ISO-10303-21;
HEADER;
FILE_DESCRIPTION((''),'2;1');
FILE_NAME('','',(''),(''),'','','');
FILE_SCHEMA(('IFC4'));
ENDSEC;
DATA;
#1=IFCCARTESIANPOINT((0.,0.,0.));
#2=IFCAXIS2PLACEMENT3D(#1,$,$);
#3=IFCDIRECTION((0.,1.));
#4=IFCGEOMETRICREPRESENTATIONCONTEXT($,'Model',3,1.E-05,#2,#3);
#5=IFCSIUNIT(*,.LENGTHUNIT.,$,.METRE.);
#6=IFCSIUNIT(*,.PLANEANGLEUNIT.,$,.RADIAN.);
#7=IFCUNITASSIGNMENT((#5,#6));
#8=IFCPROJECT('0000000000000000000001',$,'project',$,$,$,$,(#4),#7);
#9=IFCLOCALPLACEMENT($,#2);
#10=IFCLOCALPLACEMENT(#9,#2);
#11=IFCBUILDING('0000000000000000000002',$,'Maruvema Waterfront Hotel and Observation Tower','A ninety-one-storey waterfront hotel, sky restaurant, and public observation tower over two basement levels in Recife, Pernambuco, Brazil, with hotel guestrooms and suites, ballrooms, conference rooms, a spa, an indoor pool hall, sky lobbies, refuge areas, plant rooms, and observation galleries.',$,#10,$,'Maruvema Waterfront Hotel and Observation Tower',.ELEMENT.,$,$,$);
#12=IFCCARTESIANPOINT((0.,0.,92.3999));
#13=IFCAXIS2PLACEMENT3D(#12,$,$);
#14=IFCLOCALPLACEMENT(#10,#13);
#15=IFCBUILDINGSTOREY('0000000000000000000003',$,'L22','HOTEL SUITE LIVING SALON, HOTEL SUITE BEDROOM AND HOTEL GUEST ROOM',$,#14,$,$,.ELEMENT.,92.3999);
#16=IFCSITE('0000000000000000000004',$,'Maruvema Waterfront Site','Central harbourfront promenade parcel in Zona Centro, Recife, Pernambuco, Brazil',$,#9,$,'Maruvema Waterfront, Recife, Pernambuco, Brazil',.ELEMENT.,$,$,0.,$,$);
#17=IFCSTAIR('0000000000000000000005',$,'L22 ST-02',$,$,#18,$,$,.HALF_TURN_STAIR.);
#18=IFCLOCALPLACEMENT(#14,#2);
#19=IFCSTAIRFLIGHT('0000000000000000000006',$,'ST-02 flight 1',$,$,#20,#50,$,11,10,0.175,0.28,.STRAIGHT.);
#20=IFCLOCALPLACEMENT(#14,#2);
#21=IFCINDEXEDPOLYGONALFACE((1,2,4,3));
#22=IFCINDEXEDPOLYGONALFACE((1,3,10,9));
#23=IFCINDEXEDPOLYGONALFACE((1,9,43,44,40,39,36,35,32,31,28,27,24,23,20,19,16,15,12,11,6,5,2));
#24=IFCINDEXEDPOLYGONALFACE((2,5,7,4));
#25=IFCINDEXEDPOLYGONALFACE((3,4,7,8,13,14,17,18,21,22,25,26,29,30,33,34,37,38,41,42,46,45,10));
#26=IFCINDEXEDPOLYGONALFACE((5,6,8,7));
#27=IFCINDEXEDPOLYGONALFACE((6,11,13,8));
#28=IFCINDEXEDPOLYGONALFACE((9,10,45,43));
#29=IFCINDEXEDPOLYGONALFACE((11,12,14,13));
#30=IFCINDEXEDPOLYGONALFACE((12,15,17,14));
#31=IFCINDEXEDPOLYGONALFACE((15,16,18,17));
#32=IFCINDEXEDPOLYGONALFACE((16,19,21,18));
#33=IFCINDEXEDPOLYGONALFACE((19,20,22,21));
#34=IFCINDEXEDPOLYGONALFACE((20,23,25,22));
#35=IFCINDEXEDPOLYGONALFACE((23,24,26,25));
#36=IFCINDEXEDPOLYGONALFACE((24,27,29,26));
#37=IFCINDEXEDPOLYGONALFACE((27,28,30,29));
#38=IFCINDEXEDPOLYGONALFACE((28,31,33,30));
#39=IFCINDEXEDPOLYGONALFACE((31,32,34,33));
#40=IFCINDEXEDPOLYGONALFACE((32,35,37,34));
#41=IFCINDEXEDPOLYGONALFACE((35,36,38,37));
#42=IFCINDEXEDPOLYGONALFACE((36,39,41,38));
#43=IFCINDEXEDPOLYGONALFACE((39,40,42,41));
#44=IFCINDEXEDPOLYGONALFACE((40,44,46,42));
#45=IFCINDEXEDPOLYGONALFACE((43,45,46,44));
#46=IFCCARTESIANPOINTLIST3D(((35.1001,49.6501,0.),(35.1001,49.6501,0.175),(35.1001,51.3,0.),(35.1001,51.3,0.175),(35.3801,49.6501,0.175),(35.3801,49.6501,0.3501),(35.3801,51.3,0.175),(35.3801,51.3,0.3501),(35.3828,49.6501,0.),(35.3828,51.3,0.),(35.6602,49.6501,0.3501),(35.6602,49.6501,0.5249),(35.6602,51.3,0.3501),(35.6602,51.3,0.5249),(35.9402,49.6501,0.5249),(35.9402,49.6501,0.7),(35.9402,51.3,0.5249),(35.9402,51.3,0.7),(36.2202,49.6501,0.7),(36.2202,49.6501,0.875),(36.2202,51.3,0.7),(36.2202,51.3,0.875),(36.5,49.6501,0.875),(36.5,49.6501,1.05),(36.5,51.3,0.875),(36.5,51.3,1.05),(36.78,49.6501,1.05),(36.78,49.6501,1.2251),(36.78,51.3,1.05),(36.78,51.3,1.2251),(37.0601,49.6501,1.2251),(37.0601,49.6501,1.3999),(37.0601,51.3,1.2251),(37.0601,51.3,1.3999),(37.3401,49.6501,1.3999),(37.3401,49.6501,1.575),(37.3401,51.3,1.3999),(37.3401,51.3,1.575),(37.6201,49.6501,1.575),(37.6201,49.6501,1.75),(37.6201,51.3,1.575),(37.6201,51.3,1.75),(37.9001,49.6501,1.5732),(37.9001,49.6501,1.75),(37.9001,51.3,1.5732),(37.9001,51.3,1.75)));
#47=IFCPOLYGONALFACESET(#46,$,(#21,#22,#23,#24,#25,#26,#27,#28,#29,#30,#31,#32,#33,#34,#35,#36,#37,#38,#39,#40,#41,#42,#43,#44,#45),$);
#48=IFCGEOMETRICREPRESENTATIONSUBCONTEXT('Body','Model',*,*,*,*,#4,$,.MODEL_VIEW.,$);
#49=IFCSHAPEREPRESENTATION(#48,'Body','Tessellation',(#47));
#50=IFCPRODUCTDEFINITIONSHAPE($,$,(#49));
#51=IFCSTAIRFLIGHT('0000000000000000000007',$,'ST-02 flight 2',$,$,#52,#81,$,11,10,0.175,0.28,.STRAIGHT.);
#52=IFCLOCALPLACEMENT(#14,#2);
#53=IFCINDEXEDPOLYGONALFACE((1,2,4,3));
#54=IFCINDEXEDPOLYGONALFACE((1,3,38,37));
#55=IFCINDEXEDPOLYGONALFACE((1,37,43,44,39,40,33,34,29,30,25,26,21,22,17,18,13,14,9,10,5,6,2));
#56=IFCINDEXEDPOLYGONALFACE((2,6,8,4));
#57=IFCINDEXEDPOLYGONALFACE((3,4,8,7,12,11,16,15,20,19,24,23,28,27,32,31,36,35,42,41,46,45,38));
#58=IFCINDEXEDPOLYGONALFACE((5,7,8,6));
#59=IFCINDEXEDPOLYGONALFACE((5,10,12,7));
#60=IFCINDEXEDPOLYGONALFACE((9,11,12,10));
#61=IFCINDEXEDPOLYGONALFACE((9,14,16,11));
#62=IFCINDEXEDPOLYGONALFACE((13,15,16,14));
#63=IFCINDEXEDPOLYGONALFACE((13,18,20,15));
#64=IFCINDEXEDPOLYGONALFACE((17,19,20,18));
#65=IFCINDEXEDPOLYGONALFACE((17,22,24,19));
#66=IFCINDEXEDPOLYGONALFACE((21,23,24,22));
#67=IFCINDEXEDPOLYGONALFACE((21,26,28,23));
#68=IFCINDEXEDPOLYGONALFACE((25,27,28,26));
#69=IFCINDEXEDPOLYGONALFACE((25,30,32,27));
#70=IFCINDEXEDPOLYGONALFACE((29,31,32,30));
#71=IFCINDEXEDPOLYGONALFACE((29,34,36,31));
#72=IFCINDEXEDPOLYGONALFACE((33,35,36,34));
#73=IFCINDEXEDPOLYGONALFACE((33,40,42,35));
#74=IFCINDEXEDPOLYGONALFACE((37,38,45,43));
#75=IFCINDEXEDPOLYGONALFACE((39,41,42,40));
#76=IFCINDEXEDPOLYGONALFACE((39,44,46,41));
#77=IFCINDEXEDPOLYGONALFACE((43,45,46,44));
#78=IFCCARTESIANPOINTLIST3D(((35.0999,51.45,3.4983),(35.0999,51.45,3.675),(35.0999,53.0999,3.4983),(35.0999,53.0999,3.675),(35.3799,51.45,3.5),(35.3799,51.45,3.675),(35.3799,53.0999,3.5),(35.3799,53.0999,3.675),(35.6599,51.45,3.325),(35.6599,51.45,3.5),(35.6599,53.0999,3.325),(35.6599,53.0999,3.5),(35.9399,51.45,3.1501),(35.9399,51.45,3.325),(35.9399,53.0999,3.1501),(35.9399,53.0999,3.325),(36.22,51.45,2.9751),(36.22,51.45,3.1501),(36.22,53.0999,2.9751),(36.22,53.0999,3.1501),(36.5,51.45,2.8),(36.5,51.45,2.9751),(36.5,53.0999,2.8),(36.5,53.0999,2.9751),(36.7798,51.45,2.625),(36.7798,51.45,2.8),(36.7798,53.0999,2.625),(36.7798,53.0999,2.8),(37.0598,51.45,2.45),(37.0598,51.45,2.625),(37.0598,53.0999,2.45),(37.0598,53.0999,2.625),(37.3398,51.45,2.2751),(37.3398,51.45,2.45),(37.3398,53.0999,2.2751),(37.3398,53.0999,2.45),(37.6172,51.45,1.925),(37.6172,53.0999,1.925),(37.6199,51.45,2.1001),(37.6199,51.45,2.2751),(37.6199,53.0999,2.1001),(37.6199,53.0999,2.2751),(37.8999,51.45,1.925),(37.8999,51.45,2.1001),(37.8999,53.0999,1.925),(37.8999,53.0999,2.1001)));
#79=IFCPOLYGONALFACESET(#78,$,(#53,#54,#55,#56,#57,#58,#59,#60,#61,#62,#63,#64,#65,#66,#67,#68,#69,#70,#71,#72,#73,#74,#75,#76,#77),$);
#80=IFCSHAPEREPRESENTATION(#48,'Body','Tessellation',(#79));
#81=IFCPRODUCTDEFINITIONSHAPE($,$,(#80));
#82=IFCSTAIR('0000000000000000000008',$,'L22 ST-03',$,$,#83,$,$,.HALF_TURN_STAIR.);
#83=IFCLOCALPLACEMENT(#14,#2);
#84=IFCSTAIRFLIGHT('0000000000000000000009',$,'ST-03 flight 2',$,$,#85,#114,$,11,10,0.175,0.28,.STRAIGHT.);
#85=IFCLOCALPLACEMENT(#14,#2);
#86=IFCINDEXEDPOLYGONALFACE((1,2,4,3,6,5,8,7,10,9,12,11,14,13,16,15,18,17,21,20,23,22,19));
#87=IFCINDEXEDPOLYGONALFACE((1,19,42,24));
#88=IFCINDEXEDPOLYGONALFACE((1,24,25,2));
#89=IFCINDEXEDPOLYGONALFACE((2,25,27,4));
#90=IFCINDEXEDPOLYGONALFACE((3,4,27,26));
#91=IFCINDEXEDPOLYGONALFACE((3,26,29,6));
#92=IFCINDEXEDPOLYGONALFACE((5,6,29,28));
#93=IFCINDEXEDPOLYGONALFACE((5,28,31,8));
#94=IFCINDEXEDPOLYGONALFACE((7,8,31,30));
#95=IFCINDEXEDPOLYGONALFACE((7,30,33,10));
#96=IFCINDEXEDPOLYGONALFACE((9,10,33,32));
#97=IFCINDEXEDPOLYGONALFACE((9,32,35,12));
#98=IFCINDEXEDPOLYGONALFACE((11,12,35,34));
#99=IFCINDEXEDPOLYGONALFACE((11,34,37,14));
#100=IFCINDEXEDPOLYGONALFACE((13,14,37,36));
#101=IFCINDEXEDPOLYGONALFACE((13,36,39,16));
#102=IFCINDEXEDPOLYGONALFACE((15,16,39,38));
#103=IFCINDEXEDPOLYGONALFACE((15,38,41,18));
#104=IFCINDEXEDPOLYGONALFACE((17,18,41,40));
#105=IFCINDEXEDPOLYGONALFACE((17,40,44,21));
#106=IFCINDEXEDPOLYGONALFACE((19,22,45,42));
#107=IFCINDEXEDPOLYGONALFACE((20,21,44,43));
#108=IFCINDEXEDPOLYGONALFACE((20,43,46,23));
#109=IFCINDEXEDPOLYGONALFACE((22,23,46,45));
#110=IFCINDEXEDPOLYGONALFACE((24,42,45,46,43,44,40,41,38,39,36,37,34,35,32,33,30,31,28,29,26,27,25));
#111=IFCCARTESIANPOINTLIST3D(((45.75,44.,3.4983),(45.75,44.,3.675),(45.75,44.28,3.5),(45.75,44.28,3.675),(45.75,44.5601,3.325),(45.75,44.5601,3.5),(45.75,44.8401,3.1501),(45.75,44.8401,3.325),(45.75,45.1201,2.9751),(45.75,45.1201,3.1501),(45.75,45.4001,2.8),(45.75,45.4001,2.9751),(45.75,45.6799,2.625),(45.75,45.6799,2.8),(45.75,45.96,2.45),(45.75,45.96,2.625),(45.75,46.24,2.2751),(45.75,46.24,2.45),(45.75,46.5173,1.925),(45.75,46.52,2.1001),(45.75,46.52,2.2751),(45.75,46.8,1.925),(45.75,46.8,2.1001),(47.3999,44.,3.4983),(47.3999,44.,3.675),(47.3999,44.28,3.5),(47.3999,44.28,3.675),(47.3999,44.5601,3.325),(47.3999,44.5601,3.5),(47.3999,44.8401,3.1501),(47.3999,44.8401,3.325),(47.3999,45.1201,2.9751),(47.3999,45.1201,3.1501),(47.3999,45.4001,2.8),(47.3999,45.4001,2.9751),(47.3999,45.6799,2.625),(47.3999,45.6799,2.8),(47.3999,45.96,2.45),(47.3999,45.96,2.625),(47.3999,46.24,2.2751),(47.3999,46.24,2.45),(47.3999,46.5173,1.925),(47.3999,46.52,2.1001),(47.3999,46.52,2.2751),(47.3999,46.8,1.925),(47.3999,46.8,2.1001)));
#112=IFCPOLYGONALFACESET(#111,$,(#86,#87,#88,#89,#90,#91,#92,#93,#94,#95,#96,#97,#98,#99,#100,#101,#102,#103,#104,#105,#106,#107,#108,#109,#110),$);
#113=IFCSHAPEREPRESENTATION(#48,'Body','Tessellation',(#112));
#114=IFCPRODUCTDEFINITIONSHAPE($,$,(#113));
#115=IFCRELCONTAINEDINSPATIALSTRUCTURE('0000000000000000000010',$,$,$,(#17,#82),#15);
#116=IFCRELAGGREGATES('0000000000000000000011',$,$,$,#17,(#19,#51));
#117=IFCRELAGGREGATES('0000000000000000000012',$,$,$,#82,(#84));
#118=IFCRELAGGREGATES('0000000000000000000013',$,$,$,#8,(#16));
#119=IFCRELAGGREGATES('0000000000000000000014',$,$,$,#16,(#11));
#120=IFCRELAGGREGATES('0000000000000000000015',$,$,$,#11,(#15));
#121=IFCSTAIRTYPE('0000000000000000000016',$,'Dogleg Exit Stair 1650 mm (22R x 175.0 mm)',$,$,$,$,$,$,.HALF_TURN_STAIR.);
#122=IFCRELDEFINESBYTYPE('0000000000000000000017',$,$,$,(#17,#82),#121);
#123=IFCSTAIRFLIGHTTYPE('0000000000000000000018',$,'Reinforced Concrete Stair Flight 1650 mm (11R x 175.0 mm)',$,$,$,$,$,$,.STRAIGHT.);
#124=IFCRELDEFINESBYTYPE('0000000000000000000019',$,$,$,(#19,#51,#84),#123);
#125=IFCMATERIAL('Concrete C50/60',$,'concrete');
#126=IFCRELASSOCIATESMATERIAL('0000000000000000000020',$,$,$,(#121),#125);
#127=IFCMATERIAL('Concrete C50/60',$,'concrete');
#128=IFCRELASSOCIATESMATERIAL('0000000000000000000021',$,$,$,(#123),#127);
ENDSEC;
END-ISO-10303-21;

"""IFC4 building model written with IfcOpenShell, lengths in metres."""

from ifc_helpers import new_model, si_unit, direction, frame, origin, place, context, subcontext, project, spatial, polyline, outline, extrude, material, type_object, element, aggregate, save


model = new_model("IFC4")

# Units and contexts
model_context = context("Model", 3, precision=1e-05, world=origin(), true_north=direction((0.0, 1.0)))
body_context = subcontext(model_context, "Body", "Model", "MODEL_VIEW")
ifc_project = project(units=[si_unit("LENGTHUNIT", "METRE"), si_unit("PLANEANGLEUNIT", "RADIAN")], contexts=[model_context])

# Site, building, storey
site_placement = place(None, origin())
site = spatial("IfcSite", under=ifc_project, at=site_placement, Name="Maruvema Waterfront Site", Description="Central harbourfront promenade parcel in Zona Centro, Recife, Pernambuco, Brazil", LongName="Maruvema Waterfront, Recife, Pernambuco, Brazil", CompositionType="ELEMENT", RefElevation=0.0)
building_placement = place(site_placement, origin())
building = spatial("IfcBuilding", under=site, at=building_placement, Name="Maruvema Waterfront Hotel and Observation Tower", Description="A ninety-one-storey waterfront hotel, sky restaurant, and public observation tower over two basement levels in Recife, Pernambuco, Brazil, with hotel guestrooms and suites, ballrooms, conference rooms, a spa, an indoor pool hall, sky lobbies, refuge areas, plant rooms, and observation galleries.", LongName="Maruvema Waterfront Hotel and Observation Tower", CompositionType="ELEMENT")
storey_placement = place(building_placement, frame((0.0, 0.0, 92.3999)))
storey = spatial("IfcBuildingStorey", under=building, at=storey_placement, Name="L22", Description="HOTEL SUITE LIVING SALON, HOTEL SUITE BEDROOM AND HOTEL GUEST ROOM", CompositionType="ELEMENT", Elevation=92.3999)

# Stair, stair flights
ifc_material_1 = material(Name="Concrete C50/60", Category="concrete")
stair_type = type_object("IfcStairType", Name="Dogleg Exit Stair 1650 mm (22R x 175.0 mm)", PredefinedType="HALF_TURN_STAIR", material=ifc_material_1)
stair_1_placement = place(storey_placement, origin())
stair_1 = element("IfcStair", 1, at=stair_1_placement, inside=storey, type_object=stair_type, Name="L22 ST-02", PredefinedType="HALF_TURN_STAIR")
ifc_material_2 = material(Name="Concrete C50/60", Category="concrete")
stair_flight_type = type_object("IfcStairFlightType", Name="Reinforced Concrete Stair Flight 1650 mm (11R x 175.0 mm)", PredefinedType="STRAIGHT", material=ifc_material_2)
stair_flight_1_placement = place(storey_placement, frame((35.1001, 50.4751, 0.0), z_axis=(0.0, 0.0, 1.0), x_axis=(1.0, 0.0, 0.0)))
stair_flight_1 = element("IfcStairFlight", 2, at=stair_flight_1_placement, type_object=stair_flight_type, Name="ST-02 flight 1", NumberOfRisers=11, NumberOfTreads=10, PredefinedType="STRAIGHT", RiserHeight=0.175, TreadLength=0.28, context=body_context, shape_type="SweptSolid", body=[
    extrude(outline(polyline([(0.0, 0.0), (0.0, 0.175), (0.28, 0.175), (0.28, 0.3501), (0.5601, 0.3501), (0.5601, 0.5249), (0.8401, 0.5249), (0.8401, 0.7), (1.1201, 0.7), (1.1201, 0.875), (1.3999, 0.875), (1.3999, 1.05), (1.6799, 1.05), (1.6799, 1.2251), (1.96, 1.2251), (1.96, 1.3999), (2.24, 1.3999), (2.24, 1.575), (2.52, 1.575), (2.52, 1.75), (2.8, 1.75), (2.8, 1.925), (2.8, 1.5732), (0.2827, 0.0), (0.0, 0.0)])), frame((0.0, 0.825, 0.0), z_axis=(0.0, -1.0, 0.0), x_axis=(1.0, 0.0, 0.0)), (0.0, 0.0, 1.0), 1.6499),
])
stair_flight_2_placement = place(storey_placement, frame((37.8999, 52.2749, 1.925), z_axis=(0.0, 0.0, 1.0), x_axis=(-1.0, 0.0, 0.0)))
stair_flight_2 = element("IfcStairFlight", 3, at=stair_flight_2_placement, type_object=stair_flight_type, Name="ST-02 flight 2", NumberOfRisers=11, NumberOfTreads=10, PredefinedType="STRAIGHT", RiserHeight=0.175, TreadLength=0.28, context=body_context, shape_type="SweptSolid", body=[
    extrude(outline(polyline([(0.0, 0.0), (0.0, 0.175), (0.28, 0.175), (0.28, 0.3501), (0.5601, 0.3501), (0.5601, 0.5249), (0.8401, 0.5249), (0.8401, 0.7), (1.1201, 0.7), (1.1201, 0.875), (1.3999, 0.875), (1.3999, 1.05), (1.6799, 1.05), (1.6799, 1.2251), (1.96, 1.2251), (1.96, 1.3999), (2.24, 1.3999), (2.24, 1.575), (2.52, 1.575), (2.52, 1.75), (2.8, 1.75), (2.8, 1.925), (2.8, 1.5732), (0.2827, 0.0), (0.0, 0.0)])), frame((0.0, 0.825, 0.0), z_axis=(0.0, -1.0, 0.0), x_axis=(1.0, 0.0, 0.0)), (0.0, 0.0, 1.0), 1.6499),
])
aggregate(stair_1, [stair_flight_1, stair_flight_2])

# Stair, stair flight
stair_2_placement = place(storey_placement, origin())
stair_2 = element("IfcStair", 4, at=stair_2_placement, inside=storey, type_object=stair_type, Name="L22 ST-03", PredefinedType="HALF_TURN_STAIR")
stair_flight_3_placement = place(storey_placement, frame((46.575, 46.8, 1.925), z_axis=(0.0, 0.0, 1.0), x_axis=(0.0, -1.0, 0.0)))
stair_flight_3 = element("IfcStairFlight", 5, at=stair_flight_3_placement, type_object=stair_flight_type, Name="ST-03 flight 2", NumberOfRisers=11, NumberOfTreads=10, PredefinedType="STRAIGHT", RiserHeight=0.175, TreadLength=0.28, context=body_context, shape_type="SweptSolid", body=[
    extrude(outline(polyline([(0.0, 0.0), (0.0, 0.175), (0.28, 0.175), (0.28, 0.3501), (0.5601, 0.3501), (0.5601, 0.5249), (0.8401, 0.5249), (0.8401, 0.7), (1.1201, 0.7), (1.1201, 0.875), (1.3999, 0.875), (1.3999, 1.05), (1.6799, 1.05), (1.6799, 1.2251), (1.96, 1.2251), (1.96, 1.3999), (2.24, 1.3999), (2.24, 1.575), (2.52, 1.575), (2.52, 1.75), (2.8, 1.75), (2.8, 1.925), (2.8, 1.5732), (0.2827, 0.0), (0.0, 0.0)])), frame((0.0, 0.825, 0.0), z_axis=(0.0, -1.0, 0.0), x_axis=(1.0, 0.0, 0.0)), (0.0, 0.0, 1.0), 1.6499),
])
aggregate(stair_2, [stair_flight_3])

save(model, "model.ifc")
